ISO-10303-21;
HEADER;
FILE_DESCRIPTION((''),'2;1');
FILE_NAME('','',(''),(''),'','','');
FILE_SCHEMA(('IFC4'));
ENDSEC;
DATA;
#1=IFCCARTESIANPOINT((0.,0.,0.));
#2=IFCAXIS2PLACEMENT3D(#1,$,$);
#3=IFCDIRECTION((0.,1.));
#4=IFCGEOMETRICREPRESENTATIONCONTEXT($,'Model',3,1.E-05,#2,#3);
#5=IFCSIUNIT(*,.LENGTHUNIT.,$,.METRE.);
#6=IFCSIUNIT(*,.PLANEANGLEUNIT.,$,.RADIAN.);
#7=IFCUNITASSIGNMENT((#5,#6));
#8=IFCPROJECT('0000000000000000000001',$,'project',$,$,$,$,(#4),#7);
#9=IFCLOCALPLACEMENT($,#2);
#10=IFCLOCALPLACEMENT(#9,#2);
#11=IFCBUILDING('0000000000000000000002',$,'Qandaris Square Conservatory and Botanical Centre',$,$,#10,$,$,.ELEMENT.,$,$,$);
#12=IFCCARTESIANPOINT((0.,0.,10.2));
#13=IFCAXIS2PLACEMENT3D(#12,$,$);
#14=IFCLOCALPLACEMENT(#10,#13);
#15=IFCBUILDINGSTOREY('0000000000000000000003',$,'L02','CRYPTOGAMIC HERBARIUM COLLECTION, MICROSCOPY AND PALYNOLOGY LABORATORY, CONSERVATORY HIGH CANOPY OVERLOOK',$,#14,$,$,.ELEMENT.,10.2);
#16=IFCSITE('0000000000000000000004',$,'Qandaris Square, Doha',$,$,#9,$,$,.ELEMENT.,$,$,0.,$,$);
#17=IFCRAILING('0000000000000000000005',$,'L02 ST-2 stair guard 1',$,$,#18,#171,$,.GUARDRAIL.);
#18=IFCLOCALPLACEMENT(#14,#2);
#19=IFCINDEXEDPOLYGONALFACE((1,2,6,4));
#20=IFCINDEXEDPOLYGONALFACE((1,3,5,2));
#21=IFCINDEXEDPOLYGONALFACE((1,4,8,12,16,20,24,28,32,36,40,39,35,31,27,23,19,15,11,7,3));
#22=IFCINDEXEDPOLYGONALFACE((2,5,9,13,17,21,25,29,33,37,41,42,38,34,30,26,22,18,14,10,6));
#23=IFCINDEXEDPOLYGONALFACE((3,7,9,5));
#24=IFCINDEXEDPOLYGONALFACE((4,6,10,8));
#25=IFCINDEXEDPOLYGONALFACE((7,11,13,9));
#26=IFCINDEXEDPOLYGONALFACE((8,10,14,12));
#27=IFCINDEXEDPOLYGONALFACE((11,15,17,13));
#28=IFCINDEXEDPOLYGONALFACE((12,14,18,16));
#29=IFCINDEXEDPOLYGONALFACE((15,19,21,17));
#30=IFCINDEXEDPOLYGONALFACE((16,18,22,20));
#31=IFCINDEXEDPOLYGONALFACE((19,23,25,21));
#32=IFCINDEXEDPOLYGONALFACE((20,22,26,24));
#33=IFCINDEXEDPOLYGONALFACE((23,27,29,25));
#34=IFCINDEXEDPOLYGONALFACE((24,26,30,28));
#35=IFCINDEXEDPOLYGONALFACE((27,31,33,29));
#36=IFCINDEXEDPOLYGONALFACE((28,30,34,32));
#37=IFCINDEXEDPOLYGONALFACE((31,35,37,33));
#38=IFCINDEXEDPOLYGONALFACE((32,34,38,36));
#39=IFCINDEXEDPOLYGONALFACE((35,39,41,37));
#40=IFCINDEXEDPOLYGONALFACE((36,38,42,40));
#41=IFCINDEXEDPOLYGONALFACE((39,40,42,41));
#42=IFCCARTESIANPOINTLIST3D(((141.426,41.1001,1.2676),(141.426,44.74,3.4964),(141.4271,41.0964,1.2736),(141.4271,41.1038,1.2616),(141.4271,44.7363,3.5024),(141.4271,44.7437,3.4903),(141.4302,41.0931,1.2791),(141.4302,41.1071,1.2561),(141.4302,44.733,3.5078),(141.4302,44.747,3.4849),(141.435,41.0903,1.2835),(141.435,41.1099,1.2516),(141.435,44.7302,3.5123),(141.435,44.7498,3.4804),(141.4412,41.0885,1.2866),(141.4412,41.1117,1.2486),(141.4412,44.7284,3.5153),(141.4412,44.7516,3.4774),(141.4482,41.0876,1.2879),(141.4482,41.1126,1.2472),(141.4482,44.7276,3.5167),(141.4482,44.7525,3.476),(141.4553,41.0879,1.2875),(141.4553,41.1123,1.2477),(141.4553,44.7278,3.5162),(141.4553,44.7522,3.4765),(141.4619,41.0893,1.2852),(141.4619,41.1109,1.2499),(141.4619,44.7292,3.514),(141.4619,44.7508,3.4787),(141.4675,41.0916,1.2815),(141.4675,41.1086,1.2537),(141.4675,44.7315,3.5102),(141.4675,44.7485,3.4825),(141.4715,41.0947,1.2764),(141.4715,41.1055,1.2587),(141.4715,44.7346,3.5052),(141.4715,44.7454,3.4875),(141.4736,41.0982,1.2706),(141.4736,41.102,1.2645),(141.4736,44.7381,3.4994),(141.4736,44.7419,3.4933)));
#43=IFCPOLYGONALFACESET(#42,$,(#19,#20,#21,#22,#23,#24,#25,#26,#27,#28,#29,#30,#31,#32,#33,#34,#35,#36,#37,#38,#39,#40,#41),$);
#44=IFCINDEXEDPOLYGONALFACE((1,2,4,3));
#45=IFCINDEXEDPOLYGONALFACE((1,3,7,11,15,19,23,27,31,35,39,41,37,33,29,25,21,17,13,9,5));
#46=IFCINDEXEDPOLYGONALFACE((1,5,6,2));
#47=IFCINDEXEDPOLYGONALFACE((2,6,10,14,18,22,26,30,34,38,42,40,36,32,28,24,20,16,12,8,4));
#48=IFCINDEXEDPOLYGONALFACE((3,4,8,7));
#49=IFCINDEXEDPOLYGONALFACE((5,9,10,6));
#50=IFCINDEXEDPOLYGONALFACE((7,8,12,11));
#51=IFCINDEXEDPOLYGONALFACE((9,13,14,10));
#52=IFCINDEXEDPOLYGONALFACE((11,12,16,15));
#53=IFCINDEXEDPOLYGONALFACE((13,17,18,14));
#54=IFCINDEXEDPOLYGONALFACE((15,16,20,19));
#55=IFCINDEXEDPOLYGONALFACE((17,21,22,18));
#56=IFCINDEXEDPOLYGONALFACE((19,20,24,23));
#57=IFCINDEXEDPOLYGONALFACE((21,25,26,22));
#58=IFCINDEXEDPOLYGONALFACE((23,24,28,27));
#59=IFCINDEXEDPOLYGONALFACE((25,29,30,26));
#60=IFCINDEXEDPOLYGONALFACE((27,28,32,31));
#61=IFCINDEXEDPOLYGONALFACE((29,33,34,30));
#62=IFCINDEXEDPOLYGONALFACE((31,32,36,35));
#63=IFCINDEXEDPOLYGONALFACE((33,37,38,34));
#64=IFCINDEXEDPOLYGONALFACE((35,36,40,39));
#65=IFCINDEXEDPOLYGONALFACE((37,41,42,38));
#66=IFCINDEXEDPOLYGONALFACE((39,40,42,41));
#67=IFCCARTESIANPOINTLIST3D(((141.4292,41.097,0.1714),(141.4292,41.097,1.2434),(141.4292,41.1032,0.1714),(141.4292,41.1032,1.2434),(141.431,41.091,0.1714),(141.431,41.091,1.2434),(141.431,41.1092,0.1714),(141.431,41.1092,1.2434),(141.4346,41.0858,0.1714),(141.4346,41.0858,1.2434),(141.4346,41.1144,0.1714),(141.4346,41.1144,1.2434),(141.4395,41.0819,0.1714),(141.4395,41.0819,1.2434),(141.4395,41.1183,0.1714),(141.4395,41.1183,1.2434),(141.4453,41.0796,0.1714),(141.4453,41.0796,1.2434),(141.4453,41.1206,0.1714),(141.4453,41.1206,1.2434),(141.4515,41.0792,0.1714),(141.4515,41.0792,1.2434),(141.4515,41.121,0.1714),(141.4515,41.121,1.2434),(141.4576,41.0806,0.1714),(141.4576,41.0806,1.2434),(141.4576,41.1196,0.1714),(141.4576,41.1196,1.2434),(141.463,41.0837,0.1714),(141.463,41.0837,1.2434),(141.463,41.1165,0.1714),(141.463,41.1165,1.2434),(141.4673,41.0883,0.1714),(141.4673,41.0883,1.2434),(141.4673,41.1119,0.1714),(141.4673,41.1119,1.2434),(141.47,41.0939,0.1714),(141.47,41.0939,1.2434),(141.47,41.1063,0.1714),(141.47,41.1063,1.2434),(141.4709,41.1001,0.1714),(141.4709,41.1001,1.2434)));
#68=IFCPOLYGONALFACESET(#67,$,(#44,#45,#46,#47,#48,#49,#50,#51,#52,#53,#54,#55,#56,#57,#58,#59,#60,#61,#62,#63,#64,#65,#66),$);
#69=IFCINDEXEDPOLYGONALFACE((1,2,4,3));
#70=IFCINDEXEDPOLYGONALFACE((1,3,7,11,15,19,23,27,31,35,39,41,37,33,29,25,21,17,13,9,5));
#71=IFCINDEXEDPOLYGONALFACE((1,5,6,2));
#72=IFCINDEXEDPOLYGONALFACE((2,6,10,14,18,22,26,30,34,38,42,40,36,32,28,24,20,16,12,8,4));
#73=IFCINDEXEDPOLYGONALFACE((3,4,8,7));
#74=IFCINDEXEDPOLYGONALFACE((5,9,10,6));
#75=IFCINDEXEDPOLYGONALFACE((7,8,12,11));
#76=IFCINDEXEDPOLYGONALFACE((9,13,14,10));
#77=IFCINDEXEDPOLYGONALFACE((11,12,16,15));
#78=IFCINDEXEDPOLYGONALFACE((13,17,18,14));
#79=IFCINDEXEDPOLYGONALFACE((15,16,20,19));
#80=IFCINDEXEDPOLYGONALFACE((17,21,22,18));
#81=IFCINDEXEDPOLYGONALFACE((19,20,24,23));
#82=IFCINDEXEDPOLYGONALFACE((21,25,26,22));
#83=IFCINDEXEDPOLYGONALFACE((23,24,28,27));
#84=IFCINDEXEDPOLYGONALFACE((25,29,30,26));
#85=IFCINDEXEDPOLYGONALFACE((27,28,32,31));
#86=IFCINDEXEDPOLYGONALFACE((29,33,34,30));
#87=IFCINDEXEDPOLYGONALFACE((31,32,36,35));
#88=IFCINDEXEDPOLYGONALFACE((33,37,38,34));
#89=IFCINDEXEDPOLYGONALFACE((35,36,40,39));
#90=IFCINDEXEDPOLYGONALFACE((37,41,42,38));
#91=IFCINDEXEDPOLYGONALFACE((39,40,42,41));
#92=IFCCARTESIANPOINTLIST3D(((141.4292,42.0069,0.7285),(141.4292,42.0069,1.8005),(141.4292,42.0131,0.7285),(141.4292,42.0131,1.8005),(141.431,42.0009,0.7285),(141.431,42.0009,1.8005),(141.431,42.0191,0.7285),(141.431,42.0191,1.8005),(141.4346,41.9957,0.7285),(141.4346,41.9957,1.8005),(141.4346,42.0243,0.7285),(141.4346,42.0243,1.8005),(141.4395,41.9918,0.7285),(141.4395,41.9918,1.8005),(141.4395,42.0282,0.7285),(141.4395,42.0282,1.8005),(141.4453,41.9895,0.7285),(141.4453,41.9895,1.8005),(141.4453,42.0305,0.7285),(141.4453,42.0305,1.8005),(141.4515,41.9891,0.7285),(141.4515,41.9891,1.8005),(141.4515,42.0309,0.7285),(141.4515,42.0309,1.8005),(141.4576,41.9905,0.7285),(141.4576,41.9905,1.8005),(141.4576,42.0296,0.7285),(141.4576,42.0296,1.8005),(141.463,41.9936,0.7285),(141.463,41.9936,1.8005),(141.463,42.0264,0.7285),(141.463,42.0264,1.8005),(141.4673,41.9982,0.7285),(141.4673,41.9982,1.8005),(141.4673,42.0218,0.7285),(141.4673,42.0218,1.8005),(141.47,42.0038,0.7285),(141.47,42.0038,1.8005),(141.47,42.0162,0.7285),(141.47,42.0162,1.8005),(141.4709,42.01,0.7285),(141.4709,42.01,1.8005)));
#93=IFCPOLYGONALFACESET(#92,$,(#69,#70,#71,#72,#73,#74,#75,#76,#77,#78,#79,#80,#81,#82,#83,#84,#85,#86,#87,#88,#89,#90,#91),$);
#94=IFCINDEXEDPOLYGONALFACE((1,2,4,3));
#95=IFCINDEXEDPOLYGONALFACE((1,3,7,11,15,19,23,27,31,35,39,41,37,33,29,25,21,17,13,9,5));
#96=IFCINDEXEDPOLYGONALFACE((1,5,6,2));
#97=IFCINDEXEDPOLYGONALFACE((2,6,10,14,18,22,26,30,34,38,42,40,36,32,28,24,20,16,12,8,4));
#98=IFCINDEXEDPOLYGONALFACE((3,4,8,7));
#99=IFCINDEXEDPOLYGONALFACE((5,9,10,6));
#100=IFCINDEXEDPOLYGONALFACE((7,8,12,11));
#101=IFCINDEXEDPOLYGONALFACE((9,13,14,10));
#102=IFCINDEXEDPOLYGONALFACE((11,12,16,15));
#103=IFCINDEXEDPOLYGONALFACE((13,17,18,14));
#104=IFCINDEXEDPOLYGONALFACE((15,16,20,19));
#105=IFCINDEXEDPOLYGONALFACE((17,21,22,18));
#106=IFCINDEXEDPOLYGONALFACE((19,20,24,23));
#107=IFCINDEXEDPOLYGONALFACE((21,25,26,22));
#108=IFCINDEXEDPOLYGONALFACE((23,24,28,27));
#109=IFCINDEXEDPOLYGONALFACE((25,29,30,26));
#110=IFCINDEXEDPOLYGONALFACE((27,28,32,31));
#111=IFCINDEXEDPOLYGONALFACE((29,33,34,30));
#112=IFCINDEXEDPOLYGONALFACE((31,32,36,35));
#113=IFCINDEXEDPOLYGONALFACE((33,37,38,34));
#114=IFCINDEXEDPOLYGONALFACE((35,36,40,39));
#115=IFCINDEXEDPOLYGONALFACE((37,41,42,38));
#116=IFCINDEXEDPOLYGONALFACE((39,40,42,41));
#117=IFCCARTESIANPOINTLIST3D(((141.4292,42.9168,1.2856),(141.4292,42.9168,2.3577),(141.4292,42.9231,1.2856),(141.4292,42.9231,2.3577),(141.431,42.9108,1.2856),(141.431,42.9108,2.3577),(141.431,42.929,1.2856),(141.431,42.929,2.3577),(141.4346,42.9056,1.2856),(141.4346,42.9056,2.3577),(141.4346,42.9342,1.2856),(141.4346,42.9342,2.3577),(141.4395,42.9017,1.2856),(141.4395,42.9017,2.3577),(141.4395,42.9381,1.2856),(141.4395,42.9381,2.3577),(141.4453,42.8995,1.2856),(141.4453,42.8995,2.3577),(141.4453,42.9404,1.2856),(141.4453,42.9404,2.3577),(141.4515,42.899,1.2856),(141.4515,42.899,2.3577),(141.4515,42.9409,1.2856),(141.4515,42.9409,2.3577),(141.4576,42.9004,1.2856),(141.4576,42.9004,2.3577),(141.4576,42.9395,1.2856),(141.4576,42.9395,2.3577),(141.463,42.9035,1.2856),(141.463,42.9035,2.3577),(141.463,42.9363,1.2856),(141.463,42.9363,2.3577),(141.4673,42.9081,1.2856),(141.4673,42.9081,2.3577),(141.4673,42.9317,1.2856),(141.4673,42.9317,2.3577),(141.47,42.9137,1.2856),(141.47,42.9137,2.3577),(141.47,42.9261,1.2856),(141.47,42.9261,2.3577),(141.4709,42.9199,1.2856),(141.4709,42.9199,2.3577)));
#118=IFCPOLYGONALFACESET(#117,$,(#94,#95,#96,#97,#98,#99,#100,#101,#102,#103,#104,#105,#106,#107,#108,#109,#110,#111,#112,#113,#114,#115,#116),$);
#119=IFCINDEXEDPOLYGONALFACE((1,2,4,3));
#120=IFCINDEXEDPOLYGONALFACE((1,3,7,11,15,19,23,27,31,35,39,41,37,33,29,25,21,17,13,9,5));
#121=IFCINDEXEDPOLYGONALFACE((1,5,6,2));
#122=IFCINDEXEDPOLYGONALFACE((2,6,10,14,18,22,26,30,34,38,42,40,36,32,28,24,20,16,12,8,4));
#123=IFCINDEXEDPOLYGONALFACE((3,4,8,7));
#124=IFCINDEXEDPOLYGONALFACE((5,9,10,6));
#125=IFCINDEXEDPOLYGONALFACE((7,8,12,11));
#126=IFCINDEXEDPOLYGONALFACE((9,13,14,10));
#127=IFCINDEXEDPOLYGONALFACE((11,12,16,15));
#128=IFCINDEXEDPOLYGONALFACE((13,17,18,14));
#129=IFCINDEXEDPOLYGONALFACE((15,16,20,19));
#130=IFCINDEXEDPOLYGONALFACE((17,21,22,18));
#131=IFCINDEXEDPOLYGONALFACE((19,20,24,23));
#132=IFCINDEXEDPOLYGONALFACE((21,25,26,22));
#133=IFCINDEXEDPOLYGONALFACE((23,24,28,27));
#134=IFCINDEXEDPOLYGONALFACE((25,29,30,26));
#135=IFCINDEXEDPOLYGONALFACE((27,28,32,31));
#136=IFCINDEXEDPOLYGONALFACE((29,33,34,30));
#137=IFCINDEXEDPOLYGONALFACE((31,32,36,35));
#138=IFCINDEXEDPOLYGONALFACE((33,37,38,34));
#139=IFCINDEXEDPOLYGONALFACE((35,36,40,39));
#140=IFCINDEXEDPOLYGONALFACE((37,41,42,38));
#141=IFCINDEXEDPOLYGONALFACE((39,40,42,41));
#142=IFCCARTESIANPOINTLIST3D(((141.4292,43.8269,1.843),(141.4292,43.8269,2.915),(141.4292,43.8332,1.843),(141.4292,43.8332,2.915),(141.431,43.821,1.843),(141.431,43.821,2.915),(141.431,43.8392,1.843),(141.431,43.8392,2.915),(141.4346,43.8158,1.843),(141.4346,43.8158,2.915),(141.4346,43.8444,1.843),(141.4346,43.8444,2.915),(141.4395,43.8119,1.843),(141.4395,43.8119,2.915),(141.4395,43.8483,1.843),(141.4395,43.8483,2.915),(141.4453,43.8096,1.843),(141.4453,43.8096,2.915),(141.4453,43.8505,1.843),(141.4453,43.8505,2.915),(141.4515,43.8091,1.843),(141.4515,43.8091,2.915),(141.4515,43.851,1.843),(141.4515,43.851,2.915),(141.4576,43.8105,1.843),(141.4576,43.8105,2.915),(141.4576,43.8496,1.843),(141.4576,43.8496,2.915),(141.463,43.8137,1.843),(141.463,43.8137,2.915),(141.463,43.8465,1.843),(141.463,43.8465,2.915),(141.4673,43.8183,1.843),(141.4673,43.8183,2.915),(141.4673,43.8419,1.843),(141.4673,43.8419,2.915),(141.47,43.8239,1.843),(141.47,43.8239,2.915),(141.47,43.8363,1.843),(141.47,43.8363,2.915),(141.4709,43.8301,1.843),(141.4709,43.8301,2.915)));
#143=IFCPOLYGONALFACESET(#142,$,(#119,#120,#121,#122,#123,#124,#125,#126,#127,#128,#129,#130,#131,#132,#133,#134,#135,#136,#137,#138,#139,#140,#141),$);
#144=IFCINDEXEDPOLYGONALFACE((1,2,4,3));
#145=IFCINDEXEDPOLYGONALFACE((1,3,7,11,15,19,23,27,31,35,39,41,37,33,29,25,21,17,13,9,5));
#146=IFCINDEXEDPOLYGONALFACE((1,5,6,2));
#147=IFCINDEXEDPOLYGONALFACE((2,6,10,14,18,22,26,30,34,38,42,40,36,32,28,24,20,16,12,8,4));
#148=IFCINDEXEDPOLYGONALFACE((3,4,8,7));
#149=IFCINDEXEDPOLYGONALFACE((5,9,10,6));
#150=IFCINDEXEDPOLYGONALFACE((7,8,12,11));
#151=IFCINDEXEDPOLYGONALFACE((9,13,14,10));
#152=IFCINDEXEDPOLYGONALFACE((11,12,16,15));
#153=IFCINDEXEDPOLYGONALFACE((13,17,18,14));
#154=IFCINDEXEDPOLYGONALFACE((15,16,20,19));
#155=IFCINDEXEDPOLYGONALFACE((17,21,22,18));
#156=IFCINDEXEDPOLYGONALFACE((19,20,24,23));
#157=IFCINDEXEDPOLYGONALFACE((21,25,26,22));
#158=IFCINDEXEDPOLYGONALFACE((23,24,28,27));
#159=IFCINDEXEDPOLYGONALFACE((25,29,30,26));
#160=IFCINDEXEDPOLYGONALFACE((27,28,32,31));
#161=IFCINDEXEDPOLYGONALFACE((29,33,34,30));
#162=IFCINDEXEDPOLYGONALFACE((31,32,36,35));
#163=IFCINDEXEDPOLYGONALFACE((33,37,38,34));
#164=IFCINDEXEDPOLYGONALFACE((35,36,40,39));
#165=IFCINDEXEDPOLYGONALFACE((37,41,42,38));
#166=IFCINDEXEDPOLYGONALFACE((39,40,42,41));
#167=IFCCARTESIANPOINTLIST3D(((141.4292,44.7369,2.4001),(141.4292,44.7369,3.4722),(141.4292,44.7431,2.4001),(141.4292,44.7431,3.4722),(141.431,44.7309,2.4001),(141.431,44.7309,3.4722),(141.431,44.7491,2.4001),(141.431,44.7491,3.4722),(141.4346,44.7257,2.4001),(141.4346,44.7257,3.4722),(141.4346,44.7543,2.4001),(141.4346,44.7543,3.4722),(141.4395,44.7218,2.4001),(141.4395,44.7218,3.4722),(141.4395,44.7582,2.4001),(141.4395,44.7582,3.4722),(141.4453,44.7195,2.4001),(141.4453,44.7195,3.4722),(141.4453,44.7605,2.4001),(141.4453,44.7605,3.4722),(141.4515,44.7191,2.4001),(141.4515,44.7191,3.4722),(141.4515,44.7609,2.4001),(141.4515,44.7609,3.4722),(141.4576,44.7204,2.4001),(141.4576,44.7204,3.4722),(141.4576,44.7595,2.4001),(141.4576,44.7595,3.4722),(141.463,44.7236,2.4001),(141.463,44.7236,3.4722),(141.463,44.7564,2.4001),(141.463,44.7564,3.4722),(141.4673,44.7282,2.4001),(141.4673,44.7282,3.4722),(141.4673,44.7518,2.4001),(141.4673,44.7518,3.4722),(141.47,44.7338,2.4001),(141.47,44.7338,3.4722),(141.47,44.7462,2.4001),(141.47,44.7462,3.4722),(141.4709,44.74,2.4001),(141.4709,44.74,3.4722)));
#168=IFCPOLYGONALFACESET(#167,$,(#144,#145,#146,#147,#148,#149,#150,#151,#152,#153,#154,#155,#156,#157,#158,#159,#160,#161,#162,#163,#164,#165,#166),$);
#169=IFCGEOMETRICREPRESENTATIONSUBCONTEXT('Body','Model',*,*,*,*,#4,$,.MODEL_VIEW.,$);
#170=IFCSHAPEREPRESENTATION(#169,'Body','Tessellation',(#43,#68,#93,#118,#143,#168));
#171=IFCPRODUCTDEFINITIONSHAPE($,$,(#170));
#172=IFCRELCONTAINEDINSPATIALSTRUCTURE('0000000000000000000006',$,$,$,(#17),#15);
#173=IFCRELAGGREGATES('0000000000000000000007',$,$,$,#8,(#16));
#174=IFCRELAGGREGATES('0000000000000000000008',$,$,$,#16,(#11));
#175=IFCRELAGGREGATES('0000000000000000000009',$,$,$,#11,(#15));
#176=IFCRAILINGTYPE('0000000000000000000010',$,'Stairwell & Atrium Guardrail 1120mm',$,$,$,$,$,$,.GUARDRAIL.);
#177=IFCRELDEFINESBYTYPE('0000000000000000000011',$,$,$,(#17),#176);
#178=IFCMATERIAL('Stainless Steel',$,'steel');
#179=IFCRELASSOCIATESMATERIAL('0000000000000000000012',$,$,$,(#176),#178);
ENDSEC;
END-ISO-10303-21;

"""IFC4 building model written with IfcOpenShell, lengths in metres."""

from ifc_helpers import new_model, si_unit, direction, frame, origin, origin_2d, place, context, subcontext, project, spatial, circle, extrude, material, type_object, element, save


model = new_model("IFC4")

# Units and contexts
model_context = context("Model", 3, precision=1e-05, world=origin(), true_north=direction((0.0, 1.0)))
body_context = subcontext(model_context, "Body", "Model", "MODEL_VIEW")
ifc_project = project(units=[si_unit("LENGTHUNIT", "METRE"), si_unit("PLANEANGLEUNIT", "RADIAN")], contexts=[model_context])

# Site, building, storey
site_placement = place(None, origin())
site = spatial("IfcSite", under=ifc_project, at=site_placement, Name="Qandaris Square, Doha", CompositionType="ELEMENT", RefElevation=0.0)
building_placement = place(site_placement, origin())
building = spatial("IfcBuilding", under=site, at=building_placement, Name="Qandaris Square Conservatory and Botanical Centre", CompositionType="ELEMENT")
storey_placement = place(building_placement, frame((0.0, 0.0, 10.2)))
storey = spatial("IfcBuildingStorey", under=building, at=storey_placement, Name="L02", Description="CRYPTOGAMIC HERBARIUM COLLECTION, MICROSCOPY AND PALYNOLOGY LABORATORY, CONSERVATORY HIGH CANOPY OVERLOOK", CompositionType="ELEMENT", Elevation=10.2)

# Railing
ifc_material_1 = material(Name="Stainless Steel", Category="steel")
railing_type_1 = type_object("IfcRailingType", Name="Stairwell & Atrium Guardrail 1120mm", PredefinedType="GUARDRAIL", material=ifc_material_1)
railing_1_placement = place(storey_placement, frame((141.45, 41.1001, 0.1714)))
element("IfcRailing", 1, at=railing_1_placement, inside=storey, type_object=railing_type_1, Name="L02 ST-2 stair guard 1", PredefinedType="GUARDRAIL", context=body_context, shape_type="SweptSolid", body=[
    extrude(circle(Radius=0.0239, at=origin_2d()), frame((0.0, 0.0, 1.0962), z_axis=(0.0, 0.852825, 0.522197), x_axis=(-1.0, 0.0, 0.0)), (0.0, 0.0, 1.0), 4.2681),
    extrude(circle(Radius=0.021, at=origin_2d()), origin(), (0.0, 0.0, 1.0), 1.072),
    extrude(circle(Radius=0.021, at=origin_2d()), frame((0.0, 0.9099, 0.5571)), (0.0, 0.0, 1.0), 1.072),
    extrude(circle(Radius=0.021, at=origin_2d()), frame((0.0, 1.8198, 1.1143)), (0.0, 0.0, 1.0), 1.072),
    extrude(circle(Radius=0.021, at=origin_2d()), frame((0.0, 2.73, 1.6716)), (0.0, 0.0, 1.0), 1.072),
    extrude(circle(Radius=0.021, at=origin_2d()), frame((0.0, 3.6399, 2.2288)), (0.0, 0.0, 1.0), 1.072),
])

save(model, "model.ifc")
